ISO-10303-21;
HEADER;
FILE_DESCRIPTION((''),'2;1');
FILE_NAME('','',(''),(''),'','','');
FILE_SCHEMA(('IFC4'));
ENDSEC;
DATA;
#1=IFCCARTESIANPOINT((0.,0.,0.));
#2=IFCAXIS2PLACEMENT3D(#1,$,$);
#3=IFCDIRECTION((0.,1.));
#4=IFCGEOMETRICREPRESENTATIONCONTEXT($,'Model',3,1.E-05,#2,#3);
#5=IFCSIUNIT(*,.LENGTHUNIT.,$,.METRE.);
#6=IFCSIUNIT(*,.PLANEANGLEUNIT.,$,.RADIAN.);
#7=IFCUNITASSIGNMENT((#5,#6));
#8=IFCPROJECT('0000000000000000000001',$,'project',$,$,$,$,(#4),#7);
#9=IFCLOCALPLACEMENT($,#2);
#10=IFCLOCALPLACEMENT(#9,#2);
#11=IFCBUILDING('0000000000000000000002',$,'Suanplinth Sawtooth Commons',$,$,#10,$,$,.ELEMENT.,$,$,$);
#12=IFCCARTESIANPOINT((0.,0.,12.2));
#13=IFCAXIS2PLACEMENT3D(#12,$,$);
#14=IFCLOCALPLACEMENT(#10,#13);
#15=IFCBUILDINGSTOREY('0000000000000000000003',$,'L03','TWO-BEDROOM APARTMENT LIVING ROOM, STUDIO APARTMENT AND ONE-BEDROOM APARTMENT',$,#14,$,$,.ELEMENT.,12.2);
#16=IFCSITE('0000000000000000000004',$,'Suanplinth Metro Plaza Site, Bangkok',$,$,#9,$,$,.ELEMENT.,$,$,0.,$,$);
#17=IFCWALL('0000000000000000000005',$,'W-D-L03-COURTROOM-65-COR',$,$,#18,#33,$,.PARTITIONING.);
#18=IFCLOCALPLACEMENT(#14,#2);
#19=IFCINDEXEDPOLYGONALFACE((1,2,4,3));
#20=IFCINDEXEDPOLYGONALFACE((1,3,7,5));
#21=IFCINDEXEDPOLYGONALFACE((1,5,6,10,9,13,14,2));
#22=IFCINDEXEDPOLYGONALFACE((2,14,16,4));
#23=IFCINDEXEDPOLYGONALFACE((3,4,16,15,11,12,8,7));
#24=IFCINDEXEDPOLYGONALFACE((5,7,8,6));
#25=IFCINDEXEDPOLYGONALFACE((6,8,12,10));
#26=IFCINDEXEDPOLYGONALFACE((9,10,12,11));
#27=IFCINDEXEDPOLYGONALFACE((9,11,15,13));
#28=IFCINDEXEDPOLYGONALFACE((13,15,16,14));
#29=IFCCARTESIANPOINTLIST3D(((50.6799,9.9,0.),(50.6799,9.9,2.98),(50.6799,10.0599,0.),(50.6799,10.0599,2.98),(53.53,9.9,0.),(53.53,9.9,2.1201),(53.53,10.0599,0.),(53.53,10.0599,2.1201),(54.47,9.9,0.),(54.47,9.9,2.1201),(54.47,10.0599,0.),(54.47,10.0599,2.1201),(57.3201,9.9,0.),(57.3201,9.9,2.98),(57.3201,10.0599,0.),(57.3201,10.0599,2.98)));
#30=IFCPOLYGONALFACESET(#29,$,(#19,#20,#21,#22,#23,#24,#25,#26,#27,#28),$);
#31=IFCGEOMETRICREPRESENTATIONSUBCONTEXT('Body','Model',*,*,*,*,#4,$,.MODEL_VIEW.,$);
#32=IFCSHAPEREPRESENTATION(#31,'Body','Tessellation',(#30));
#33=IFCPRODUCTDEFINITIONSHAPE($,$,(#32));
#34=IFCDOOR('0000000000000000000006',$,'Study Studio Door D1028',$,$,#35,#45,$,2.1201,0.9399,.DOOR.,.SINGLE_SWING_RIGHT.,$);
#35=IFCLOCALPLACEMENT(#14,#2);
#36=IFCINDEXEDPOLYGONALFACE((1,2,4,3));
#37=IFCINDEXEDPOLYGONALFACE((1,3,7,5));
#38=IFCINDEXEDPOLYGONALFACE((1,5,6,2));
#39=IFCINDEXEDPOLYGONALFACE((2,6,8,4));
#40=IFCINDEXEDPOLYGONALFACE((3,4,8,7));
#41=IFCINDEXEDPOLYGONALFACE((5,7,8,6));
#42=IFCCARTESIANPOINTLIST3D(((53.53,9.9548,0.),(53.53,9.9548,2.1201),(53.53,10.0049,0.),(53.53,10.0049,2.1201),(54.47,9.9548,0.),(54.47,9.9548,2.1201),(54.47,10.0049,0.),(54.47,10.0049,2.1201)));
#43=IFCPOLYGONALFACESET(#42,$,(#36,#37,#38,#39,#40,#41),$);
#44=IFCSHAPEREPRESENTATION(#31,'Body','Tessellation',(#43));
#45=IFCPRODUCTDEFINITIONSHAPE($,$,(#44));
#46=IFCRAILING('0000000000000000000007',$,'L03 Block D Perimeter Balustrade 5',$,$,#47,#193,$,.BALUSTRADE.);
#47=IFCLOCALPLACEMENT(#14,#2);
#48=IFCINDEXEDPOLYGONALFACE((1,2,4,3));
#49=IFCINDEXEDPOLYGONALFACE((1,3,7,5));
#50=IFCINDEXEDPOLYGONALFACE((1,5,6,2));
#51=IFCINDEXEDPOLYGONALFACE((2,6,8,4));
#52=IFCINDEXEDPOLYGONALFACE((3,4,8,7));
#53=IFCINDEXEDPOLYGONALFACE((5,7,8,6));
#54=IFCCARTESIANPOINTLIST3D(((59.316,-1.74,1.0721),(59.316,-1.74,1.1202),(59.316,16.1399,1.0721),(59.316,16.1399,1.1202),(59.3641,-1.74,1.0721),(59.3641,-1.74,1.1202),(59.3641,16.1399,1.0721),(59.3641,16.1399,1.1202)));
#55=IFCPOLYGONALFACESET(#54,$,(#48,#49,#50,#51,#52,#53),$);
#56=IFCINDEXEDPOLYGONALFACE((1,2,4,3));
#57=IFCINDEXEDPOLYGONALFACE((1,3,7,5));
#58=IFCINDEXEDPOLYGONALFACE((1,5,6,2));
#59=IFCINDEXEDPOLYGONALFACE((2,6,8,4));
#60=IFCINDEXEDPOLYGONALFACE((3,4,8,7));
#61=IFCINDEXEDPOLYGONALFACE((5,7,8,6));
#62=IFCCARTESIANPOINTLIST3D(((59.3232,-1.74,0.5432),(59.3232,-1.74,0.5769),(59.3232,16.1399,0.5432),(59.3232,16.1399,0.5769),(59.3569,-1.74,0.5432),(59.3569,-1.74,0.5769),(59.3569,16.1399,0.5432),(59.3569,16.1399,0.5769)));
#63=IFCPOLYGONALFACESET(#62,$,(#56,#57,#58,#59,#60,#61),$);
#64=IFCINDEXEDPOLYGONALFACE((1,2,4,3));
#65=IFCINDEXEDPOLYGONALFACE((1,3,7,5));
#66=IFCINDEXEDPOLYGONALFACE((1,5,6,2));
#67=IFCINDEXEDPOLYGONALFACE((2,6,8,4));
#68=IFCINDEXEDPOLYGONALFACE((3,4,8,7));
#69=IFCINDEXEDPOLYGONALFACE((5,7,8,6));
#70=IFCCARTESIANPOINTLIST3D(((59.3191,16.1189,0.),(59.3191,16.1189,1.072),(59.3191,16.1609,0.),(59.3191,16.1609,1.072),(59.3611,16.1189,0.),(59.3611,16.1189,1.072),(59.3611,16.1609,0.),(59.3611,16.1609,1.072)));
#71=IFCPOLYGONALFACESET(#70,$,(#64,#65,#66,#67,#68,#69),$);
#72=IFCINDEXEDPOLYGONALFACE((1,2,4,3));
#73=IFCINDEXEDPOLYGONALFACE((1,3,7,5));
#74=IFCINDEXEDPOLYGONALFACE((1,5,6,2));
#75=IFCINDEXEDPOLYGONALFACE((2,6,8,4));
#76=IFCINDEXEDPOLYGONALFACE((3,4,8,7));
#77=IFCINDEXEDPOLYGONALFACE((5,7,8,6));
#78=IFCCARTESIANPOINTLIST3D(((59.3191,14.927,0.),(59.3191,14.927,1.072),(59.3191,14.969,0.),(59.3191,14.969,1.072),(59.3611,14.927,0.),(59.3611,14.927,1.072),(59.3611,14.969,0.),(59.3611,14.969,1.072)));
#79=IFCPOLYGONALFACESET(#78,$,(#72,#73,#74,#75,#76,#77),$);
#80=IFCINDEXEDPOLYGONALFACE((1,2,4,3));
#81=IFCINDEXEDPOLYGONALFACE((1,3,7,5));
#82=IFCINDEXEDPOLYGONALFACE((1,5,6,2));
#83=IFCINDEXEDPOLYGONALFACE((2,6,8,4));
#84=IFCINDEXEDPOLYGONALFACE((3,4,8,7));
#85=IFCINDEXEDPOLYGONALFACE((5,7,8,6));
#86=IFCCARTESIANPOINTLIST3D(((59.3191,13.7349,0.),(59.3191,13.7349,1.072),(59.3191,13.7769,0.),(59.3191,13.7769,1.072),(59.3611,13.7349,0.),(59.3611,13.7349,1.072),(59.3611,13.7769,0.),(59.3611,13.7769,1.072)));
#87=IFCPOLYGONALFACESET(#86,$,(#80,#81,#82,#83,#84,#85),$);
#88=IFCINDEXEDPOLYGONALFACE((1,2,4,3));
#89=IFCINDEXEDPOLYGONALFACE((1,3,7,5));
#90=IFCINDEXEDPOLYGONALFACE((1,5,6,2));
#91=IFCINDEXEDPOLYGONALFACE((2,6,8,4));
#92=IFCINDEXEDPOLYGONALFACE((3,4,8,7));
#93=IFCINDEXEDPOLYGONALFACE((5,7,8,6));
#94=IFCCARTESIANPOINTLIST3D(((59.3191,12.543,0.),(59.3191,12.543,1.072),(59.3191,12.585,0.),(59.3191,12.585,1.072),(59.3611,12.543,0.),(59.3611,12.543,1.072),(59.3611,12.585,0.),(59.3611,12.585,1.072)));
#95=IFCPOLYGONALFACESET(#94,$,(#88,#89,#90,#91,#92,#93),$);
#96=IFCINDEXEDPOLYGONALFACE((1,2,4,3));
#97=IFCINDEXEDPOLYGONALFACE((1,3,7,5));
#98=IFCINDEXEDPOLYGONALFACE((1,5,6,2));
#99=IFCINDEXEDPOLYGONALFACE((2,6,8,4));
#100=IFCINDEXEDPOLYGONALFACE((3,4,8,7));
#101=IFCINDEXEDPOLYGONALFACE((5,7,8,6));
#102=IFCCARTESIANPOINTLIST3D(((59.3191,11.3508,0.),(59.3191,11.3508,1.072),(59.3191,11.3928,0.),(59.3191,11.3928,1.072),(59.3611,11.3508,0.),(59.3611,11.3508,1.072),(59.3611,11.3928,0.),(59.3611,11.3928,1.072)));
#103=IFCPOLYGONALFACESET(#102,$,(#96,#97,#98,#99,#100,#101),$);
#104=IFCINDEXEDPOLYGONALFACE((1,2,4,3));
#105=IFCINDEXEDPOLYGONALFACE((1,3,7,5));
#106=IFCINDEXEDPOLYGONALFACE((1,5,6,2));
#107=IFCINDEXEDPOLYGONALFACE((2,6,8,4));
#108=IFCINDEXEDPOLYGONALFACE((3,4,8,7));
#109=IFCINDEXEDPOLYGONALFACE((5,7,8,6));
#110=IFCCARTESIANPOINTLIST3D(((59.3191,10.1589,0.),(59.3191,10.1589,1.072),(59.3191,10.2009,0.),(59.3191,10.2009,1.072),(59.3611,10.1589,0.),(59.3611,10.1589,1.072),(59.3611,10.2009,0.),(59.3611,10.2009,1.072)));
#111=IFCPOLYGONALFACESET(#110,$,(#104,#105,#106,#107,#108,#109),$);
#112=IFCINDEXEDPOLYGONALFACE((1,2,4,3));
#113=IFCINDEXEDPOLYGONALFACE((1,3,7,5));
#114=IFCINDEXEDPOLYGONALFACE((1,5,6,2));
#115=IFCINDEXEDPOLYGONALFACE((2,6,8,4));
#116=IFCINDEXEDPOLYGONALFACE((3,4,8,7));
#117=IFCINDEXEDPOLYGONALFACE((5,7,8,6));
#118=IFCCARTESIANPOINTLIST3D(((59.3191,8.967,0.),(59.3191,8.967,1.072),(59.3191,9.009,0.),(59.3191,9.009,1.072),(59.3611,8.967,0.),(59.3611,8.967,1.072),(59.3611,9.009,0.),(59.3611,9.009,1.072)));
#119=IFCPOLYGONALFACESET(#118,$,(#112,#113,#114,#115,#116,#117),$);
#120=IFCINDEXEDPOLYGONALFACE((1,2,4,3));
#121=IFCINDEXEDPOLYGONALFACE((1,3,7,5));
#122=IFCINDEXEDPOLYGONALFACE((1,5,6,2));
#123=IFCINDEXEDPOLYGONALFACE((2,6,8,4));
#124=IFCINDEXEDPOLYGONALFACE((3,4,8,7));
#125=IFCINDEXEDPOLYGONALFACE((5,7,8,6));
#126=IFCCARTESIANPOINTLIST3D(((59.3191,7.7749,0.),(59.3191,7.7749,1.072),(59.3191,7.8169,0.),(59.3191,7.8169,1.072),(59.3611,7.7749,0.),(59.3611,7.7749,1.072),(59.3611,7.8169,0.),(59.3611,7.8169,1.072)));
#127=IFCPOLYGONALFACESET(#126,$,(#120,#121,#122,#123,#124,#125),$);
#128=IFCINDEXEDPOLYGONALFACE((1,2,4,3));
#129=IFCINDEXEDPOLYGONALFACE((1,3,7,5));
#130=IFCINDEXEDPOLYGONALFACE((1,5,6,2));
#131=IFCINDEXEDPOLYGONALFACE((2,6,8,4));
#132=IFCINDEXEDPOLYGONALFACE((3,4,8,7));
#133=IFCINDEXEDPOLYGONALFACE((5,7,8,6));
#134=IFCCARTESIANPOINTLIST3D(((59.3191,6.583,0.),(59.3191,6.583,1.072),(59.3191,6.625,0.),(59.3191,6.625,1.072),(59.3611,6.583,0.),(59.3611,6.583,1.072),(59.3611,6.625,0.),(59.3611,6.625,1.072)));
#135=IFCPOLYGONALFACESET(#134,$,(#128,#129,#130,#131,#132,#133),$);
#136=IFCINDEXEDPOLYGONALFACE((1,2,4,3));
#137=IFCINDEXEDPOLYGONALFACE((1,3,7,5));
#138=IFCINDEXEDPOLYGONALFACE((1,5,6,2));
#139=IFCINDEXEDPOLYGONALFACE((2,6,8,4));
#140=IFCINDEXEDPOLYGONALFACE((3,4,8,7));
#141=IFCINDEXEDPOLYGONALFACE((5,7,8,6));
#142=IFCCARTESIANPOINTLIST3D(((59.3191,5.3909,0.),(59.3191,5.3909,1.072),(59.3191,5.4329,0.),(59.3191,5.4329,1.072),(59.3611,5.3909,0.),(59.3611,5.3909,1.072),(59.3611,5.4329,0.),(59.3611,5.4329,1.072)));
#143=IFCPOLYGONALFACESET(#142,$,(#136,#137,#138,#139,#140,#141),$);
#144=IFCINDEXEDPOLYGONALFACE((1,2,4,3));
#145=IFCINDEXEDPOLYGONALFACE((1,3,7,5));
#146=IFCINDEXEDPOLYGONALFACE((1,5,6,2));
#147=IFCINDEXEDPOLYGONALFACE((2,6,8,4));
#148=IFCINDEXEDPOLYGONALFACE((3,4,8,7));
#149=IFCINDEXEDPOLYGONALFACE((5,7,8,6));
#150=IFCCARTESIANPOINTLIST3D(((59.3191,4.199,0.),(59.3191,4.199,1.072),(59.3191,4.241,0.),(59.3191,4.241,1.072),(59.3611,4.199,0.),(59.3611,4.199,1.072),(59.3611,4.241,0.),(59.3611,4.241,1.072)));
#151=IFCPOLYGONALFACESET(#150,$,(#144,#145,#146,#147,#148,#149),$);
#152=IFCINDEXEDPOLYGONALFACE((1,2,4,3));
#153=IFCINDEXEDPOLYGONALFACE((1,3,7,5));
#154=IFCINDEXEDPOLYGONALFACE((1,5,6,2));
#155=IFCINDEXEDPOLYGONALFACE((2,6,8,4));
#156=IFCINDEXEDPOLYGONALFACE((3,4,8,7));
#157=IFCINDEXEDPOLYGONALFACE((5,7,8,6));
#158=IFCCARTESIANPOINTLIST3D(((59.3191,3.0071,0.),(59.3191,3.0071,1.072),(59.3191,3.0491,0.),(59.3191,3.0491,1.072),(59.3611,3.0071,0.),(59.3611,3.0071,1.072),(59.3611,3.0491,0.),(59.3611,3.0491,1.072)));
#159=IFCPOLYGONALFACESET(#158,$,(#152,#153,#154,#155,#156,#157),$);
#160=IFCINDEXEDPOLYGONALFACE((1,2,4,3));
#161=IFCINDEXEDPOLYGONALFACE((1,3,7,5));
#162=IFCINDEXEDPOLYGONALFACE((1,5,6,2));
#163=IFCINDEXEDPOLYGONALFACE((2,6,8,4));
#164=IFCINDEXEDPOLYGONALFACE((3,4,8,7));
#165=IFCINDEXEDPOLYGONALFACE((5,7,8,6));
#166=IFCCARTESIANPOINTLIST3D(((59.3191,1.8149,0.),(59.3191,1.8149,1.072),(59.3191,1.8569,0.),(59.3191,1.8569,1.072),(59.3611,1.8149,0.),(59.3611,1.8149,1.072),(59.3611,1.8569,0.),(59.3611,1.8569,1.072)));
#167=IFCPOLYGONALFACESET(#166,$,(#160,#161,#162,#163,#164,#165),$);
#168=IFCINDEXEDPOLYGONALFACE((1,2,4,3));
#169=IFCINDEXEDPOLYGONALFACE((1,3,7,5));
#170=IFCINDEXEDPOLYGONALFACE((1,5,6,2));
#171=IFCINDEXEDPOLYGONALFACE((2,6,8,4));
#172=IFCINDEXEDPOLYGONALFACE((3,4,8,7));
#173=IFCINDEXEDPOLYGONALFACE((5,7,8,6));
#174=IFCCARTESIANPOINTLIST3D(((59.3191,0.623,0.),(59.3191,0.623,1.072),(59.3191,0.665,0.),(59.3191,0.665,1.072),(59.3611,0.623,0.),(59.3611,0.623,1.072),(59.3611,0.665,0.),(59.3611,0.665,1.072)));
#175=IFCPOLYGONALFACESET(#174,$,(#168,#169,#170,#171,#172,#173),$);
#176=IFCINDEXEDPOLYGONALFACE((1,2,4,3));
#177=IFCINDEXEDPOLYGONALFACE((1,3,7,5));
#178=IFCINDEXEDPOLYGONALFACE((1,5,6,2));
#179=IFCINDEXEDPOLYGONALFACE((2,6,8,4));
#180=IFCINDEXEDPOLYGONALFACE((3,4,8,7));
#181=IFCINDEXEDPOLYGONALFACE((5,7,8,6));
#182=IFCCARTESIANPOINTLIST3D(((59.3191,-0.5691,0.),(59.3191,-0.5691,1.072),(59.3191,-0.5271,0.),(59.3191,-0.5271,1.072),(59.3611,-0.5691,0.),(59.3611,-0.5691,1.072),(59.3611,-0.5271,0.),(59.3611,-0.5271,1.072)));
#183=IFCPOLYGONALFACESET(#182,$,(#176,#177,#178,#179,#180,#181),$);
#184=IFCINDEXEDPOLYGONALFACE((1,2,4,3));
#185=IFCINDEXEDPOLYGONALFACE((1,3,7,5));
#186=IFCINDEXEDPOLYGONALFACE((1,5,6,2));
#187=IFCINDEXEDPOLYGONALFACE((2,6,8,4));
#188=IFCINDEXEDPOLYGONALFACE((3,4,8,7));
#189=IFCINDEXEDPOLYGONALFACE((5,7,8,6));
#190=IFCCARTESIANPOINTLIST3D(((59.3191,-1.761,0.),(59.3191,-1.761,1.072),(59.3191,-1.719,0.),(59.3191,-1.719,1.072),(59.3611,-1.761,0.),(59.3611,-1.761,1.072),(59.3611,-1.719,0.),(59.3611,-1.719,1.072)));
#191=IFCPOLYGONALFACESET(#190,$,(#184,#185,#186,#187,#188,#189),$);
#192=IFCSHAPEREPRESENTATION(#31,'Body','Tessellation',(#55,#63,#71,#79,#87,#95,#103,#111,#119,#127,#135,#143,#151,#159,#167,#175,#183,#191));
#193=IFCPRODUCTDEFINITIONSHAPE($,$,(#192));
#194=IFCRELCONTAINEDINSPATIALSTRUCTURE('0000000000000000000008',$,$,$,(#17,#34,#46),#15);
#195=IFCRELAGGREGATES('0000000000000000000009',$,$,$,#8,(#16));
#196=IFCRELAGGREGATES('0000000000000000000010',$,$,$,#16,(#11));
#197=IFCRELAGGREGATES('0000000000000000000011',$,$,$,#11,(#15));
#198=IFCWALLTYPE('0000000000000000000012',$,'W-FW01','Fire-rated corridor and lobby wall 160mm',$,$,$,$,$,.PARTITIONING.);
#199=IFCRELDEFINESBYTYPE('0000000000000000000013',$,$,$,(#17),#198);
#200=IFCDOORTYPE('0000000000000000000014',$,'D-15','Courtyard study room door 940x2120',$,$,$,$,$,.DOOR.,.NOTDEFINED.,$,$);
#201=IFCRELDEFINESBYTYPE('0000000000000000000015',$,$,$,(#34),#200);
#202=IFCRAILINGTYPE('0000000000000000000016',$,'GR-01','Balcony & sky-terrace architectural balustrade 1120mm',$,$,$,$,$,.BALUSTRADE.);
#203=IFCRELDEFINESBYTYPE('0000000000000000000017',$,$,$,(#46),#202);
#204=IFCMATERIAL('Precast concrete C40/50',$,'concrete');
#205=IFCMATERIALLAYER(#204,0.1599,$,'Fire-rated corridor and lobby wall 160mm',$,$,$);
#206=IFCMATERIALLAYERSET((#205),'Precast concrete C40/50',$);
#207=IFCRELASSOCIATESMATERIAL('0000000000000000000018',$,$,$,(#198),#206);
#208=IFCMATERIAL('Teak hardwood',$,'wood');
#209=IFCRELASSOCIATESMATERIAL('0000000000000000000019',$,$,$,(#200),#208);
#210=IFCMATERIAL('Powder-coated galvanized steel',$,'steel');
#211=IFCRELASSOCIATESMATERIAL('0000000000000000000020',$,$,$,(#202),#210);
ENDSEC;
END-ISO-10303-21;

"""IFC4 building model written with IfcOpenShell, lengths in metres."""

from ifc_helpers import new_model, si_unit, direction, frame, frame_2d, origin, origin_2d, place, context, subcontext, project, spatial, rectangle, extrude, material, layer, layer_set, type_object, element, fill, save


model = new_model("IFC4")

# Units and contexts
model_context = context("Model", 3, precision=1e-05, world=origin(), true_north=direction((0.0, 1.0)))
body_context = subcontext(model_context, "Body", "Model", "MODEL_VIEW")
ifc_project = project(units=[si_unit("LENGTHUNIT", "METRE"), si_unit("PLANEANGLEUNIT", "RADIAN")], contexts=[model_context])

# Site, building, storey
site_placement = place(None, origin())
site = spatial("IfcSite", under=ifc_project, at=site_placement, Name="Suanplinth Metro Plaza Site, Bangkok", CompositionType="ELEMENT", RefElevation=0.0)
building_placement = place(site_placement, origin())
building = spatial("IfcBuilding", under=site, at=building_placement, Name="Suanplinth Sawtooth Commons", CompositionType="ELEMENT")
storey_placement = place(building_placement, frame((0.0, 0.0, 12.2)))
storey = spatial("IfcBuildingStorey", under=building, at=storey_placement, Name="L03", Description="TWO-BEDROOM APARTMENT LIVING ROOM, STUDIO APARTMENT AND ONE-BEDROOM APARTMENT", CompositionType="ELEMENT", Elevation=12.2)

# Shared definitions
ifc_material_1 = material(Name="Precast concrete C40/50", Category="concrete")

# Wall, opening, door
ifc_layer_1 = layer(ifc_material_1, 0.1599, Name="Fire-rated corridor and lobby wall 160mm")
ifc_layer_set_1 = layer_set([ifc_layer_1], Name="Precast concrete C40/50")
wall_type_1 = type_object("IfcWallType", Name="W-FW01", Description="Fire-rated corridor and lobby wall 160mm", PredefinedType="PARTITIONING", material=ifc_layer_set_1)
ifc_material_2 = material(Name="Teak hardwood", Category="wood")
door_type_1 = type_object("IfcDoorType", Name="D-15", Description="Courtyard study room door 940x2120", OperationType="NOTDEFINED", PredefinedType="DOOR", material=ifc_material_2)
wall_1_placement = place(storey_placement, frame((50.6799, 9.98, 0.0), z_axis=(0.0, 0.0, 1.0), x_axis=(1.0, 0.0, 0.0)))
wall_1 = element("IfcWall", 1, at=wall_1_placement, inside=storey, type_object=wall_type_1, Name="W-D-L03-COURTROOM-65-COR", PredefinedType="PARTITIONING", context=body_context, shape_type="SweptSolid", body=[
    extrude(rectangle(XDim=6.6401, YDim=0.1599, at=frame_2d((3.3201, 0.0))), origin(), (0.0, 0.0, 1.0), 2.98),
])
opening_1_placement = place(wall_1_placement, frame((2.8501, 0.0, 0.0)))
opening_1 = element("IfcOpeningElement", 2, at=opening_1_placement, cuts=wall_1, PredefinedType="OPENING", context=body_context, shape_type="SweptSolid", body=[
    extrude(rectangle(XDim=0.9399, YDim=2.1201, at=frame_2d((0.47, 1.0601))), frame((0.0, 0.0947, 0.0), z_axis=(0.0, -1.0, 0.0), x_axis=(1.0, 0.0, 0.0)), (0.0, 0.0, 1.0), 0.1897),
])
door_1_placement = place(opening_1_placement, origin())
door_1 = element("IfcDoor", 3, at=door_1_placement, inside=storey, type_object=door_type_1, Name="Study Studio Door D1028", OperationType="SINGLE_SWING_RIGHT", OverallHeight=2.1201, OverallWidth=0.9399, PredefinedType="DOOR", context=body_context, shape_type="SweptSolid", body=[
    extrude(rectangle(XDim=0.9399, YDim=2.1201, at=frame_2d((0.47, 1.0601))), frame((0.0, 0.0249, 0.0), z_axis=(0.0, -1.0, 0.0), x_axis=(1.0, 0.0, 0.0)), (0.0, 0.0, 1.0), 0.05),
])
fill(opening_1, door_1)

# Railing
ifc_material_3 = material(Name="Powder-coated galvanized steel", Category="steel")
railing_type = type_object("IfcRailingType", Name="GR-01", Description="Balcony & sky-terrace architectural balustrade 1120mm", PredefinedType="BALUSTRADE", material=ifc_material_3)
railing_placement = place(storey_placement, frame((59.3401, 16.1399, 0.0)))
element("IfcRailing", 4, at=railing_placement, inside=storey, type_object=railing_type, Name="L03 Block D Perimeter Balustrade 5", PredefinedType="BALUSTRADE", context=body_context, shape_type="SweptSolid", body=[
    extrude(rectangle(XDim=0.0481, YDim=0.0481, at=origin_2d()), frame((0.0, 0.0, 1.0962), z_axis=(0.0, -1.0, 0.0), x_axis=(1.0, 0.0, 0.0)), (0.0, 0.0, 1.0), 17.8799),
    extrude(rectangle(XDim=0.0337, YDim=0.0337, at=origin_2d()), frame((0.0, 0.0, 0.5601), z_axis=(0.0, -1.0, 0.0), x_axis=(1.0, 0.0, 0.0)), (0.0, 0.0, 1.0), 17.8799),
    extrude(rectangle(XDim=0.042, YDim=0.042, at=origin_2d()), origin(), (0.0, 0.0, 1.0), 1.072),
    extrude(rectangle(XDim=0.042, YDim=0.042, at=origin_2d()), frame((0.0, -1.1919, 0.0)), (0.0, 0.0, 1.0), 1.072),
    extrude(rectangle(XDim=0.042, YDim=0.042, at=origin_2d()), frame((0.0, -2.384, 0.0)), (0.0, 0.0, 1.0), 1.072),
    extrude(rectangle(XDim=0.042, YDim=0.042, at=origin_2d()), frame((0.0, -3.5759, 0.0)), (0.0, 0.0, 1.0), 1.072),
    extrude(rectangle(XDim=0.042, YDim=0.042, at=origin_2d()), frame((0.0, -4.7681, 0.0)), (0.0, 0.0, 1.0), 1.072),
    extrude(rectangle(XDim=0.042, YDim=0.042, at=origin_2d()), frame((0.0, -5.96, 0.0)), (0.0, 0.0, 1.0), 1.072),
    extrude(rectangle(XDim=0.042, YDim=0.042, at=origin_2d()), frame((0.0, -7.1519, 0.0)), (0.0, 0.0, 1.0), 1.072),
    extrude(rectangle(XDim=0.042, YDim=0.042, at=origin_2d()), frame((0.0, -8.344, 0.0)), (0.0, 0.0, 1.0), 1.072),
    extrude(rectangle(XDim=0.042, YDim=0.042, at=origin_2d()), frame((0.0, -9.5359, 0.0)), (0.0, 0.0, 1.0), 1.072),
    extrude(rectangle(XDim=0.042, YDim=0.042, at=origin_2d()), frame((0.0, -10.728, 0.0)), (0.0, 0.0, 1.0), 1.072),
    extrude(rectangle(XDim=0.042, YDim=0.042, at=origin_2d()), frame((0.0, -11.9199, 0.0)), (0.0, 0.0, 1.0), 1.072),
    extrude(rectangle(XDim=0.042, YDim=0.042, at=origin_2d()), frame((0.0, -13.1118, 0.0)), (0.0, 0.0, 1.0), 1.072),
    extrude(rectangle(XDim=0.042, YDim=0.042, at=origin_2d()), frame((0.0, -14.304, 0.0)), (0.0, 0.0, 1.0), 1.072),
    extrude(rectangle(XDim=0.042, YDim=0.042, at=origin_2d()), frame((0.0, -15.4958, 0.0)), (0.0, 0.0, 1.0), 1.072),
    extrude(rectangle(XDim=0.042, YDim=0.042, at=origin_2d()), frame((0.0, -16.688, 0.0)), (0.0, 0.0, 1.0), 1.072),
    extrude(rectangle(XDim=0.042, YDim=0.042, at=origin_2d()), frame((0.0, -17.8799, 0.0)), (0.0, 0.0, 1.0), 1.072),
])

save(model, "model.ifc")
